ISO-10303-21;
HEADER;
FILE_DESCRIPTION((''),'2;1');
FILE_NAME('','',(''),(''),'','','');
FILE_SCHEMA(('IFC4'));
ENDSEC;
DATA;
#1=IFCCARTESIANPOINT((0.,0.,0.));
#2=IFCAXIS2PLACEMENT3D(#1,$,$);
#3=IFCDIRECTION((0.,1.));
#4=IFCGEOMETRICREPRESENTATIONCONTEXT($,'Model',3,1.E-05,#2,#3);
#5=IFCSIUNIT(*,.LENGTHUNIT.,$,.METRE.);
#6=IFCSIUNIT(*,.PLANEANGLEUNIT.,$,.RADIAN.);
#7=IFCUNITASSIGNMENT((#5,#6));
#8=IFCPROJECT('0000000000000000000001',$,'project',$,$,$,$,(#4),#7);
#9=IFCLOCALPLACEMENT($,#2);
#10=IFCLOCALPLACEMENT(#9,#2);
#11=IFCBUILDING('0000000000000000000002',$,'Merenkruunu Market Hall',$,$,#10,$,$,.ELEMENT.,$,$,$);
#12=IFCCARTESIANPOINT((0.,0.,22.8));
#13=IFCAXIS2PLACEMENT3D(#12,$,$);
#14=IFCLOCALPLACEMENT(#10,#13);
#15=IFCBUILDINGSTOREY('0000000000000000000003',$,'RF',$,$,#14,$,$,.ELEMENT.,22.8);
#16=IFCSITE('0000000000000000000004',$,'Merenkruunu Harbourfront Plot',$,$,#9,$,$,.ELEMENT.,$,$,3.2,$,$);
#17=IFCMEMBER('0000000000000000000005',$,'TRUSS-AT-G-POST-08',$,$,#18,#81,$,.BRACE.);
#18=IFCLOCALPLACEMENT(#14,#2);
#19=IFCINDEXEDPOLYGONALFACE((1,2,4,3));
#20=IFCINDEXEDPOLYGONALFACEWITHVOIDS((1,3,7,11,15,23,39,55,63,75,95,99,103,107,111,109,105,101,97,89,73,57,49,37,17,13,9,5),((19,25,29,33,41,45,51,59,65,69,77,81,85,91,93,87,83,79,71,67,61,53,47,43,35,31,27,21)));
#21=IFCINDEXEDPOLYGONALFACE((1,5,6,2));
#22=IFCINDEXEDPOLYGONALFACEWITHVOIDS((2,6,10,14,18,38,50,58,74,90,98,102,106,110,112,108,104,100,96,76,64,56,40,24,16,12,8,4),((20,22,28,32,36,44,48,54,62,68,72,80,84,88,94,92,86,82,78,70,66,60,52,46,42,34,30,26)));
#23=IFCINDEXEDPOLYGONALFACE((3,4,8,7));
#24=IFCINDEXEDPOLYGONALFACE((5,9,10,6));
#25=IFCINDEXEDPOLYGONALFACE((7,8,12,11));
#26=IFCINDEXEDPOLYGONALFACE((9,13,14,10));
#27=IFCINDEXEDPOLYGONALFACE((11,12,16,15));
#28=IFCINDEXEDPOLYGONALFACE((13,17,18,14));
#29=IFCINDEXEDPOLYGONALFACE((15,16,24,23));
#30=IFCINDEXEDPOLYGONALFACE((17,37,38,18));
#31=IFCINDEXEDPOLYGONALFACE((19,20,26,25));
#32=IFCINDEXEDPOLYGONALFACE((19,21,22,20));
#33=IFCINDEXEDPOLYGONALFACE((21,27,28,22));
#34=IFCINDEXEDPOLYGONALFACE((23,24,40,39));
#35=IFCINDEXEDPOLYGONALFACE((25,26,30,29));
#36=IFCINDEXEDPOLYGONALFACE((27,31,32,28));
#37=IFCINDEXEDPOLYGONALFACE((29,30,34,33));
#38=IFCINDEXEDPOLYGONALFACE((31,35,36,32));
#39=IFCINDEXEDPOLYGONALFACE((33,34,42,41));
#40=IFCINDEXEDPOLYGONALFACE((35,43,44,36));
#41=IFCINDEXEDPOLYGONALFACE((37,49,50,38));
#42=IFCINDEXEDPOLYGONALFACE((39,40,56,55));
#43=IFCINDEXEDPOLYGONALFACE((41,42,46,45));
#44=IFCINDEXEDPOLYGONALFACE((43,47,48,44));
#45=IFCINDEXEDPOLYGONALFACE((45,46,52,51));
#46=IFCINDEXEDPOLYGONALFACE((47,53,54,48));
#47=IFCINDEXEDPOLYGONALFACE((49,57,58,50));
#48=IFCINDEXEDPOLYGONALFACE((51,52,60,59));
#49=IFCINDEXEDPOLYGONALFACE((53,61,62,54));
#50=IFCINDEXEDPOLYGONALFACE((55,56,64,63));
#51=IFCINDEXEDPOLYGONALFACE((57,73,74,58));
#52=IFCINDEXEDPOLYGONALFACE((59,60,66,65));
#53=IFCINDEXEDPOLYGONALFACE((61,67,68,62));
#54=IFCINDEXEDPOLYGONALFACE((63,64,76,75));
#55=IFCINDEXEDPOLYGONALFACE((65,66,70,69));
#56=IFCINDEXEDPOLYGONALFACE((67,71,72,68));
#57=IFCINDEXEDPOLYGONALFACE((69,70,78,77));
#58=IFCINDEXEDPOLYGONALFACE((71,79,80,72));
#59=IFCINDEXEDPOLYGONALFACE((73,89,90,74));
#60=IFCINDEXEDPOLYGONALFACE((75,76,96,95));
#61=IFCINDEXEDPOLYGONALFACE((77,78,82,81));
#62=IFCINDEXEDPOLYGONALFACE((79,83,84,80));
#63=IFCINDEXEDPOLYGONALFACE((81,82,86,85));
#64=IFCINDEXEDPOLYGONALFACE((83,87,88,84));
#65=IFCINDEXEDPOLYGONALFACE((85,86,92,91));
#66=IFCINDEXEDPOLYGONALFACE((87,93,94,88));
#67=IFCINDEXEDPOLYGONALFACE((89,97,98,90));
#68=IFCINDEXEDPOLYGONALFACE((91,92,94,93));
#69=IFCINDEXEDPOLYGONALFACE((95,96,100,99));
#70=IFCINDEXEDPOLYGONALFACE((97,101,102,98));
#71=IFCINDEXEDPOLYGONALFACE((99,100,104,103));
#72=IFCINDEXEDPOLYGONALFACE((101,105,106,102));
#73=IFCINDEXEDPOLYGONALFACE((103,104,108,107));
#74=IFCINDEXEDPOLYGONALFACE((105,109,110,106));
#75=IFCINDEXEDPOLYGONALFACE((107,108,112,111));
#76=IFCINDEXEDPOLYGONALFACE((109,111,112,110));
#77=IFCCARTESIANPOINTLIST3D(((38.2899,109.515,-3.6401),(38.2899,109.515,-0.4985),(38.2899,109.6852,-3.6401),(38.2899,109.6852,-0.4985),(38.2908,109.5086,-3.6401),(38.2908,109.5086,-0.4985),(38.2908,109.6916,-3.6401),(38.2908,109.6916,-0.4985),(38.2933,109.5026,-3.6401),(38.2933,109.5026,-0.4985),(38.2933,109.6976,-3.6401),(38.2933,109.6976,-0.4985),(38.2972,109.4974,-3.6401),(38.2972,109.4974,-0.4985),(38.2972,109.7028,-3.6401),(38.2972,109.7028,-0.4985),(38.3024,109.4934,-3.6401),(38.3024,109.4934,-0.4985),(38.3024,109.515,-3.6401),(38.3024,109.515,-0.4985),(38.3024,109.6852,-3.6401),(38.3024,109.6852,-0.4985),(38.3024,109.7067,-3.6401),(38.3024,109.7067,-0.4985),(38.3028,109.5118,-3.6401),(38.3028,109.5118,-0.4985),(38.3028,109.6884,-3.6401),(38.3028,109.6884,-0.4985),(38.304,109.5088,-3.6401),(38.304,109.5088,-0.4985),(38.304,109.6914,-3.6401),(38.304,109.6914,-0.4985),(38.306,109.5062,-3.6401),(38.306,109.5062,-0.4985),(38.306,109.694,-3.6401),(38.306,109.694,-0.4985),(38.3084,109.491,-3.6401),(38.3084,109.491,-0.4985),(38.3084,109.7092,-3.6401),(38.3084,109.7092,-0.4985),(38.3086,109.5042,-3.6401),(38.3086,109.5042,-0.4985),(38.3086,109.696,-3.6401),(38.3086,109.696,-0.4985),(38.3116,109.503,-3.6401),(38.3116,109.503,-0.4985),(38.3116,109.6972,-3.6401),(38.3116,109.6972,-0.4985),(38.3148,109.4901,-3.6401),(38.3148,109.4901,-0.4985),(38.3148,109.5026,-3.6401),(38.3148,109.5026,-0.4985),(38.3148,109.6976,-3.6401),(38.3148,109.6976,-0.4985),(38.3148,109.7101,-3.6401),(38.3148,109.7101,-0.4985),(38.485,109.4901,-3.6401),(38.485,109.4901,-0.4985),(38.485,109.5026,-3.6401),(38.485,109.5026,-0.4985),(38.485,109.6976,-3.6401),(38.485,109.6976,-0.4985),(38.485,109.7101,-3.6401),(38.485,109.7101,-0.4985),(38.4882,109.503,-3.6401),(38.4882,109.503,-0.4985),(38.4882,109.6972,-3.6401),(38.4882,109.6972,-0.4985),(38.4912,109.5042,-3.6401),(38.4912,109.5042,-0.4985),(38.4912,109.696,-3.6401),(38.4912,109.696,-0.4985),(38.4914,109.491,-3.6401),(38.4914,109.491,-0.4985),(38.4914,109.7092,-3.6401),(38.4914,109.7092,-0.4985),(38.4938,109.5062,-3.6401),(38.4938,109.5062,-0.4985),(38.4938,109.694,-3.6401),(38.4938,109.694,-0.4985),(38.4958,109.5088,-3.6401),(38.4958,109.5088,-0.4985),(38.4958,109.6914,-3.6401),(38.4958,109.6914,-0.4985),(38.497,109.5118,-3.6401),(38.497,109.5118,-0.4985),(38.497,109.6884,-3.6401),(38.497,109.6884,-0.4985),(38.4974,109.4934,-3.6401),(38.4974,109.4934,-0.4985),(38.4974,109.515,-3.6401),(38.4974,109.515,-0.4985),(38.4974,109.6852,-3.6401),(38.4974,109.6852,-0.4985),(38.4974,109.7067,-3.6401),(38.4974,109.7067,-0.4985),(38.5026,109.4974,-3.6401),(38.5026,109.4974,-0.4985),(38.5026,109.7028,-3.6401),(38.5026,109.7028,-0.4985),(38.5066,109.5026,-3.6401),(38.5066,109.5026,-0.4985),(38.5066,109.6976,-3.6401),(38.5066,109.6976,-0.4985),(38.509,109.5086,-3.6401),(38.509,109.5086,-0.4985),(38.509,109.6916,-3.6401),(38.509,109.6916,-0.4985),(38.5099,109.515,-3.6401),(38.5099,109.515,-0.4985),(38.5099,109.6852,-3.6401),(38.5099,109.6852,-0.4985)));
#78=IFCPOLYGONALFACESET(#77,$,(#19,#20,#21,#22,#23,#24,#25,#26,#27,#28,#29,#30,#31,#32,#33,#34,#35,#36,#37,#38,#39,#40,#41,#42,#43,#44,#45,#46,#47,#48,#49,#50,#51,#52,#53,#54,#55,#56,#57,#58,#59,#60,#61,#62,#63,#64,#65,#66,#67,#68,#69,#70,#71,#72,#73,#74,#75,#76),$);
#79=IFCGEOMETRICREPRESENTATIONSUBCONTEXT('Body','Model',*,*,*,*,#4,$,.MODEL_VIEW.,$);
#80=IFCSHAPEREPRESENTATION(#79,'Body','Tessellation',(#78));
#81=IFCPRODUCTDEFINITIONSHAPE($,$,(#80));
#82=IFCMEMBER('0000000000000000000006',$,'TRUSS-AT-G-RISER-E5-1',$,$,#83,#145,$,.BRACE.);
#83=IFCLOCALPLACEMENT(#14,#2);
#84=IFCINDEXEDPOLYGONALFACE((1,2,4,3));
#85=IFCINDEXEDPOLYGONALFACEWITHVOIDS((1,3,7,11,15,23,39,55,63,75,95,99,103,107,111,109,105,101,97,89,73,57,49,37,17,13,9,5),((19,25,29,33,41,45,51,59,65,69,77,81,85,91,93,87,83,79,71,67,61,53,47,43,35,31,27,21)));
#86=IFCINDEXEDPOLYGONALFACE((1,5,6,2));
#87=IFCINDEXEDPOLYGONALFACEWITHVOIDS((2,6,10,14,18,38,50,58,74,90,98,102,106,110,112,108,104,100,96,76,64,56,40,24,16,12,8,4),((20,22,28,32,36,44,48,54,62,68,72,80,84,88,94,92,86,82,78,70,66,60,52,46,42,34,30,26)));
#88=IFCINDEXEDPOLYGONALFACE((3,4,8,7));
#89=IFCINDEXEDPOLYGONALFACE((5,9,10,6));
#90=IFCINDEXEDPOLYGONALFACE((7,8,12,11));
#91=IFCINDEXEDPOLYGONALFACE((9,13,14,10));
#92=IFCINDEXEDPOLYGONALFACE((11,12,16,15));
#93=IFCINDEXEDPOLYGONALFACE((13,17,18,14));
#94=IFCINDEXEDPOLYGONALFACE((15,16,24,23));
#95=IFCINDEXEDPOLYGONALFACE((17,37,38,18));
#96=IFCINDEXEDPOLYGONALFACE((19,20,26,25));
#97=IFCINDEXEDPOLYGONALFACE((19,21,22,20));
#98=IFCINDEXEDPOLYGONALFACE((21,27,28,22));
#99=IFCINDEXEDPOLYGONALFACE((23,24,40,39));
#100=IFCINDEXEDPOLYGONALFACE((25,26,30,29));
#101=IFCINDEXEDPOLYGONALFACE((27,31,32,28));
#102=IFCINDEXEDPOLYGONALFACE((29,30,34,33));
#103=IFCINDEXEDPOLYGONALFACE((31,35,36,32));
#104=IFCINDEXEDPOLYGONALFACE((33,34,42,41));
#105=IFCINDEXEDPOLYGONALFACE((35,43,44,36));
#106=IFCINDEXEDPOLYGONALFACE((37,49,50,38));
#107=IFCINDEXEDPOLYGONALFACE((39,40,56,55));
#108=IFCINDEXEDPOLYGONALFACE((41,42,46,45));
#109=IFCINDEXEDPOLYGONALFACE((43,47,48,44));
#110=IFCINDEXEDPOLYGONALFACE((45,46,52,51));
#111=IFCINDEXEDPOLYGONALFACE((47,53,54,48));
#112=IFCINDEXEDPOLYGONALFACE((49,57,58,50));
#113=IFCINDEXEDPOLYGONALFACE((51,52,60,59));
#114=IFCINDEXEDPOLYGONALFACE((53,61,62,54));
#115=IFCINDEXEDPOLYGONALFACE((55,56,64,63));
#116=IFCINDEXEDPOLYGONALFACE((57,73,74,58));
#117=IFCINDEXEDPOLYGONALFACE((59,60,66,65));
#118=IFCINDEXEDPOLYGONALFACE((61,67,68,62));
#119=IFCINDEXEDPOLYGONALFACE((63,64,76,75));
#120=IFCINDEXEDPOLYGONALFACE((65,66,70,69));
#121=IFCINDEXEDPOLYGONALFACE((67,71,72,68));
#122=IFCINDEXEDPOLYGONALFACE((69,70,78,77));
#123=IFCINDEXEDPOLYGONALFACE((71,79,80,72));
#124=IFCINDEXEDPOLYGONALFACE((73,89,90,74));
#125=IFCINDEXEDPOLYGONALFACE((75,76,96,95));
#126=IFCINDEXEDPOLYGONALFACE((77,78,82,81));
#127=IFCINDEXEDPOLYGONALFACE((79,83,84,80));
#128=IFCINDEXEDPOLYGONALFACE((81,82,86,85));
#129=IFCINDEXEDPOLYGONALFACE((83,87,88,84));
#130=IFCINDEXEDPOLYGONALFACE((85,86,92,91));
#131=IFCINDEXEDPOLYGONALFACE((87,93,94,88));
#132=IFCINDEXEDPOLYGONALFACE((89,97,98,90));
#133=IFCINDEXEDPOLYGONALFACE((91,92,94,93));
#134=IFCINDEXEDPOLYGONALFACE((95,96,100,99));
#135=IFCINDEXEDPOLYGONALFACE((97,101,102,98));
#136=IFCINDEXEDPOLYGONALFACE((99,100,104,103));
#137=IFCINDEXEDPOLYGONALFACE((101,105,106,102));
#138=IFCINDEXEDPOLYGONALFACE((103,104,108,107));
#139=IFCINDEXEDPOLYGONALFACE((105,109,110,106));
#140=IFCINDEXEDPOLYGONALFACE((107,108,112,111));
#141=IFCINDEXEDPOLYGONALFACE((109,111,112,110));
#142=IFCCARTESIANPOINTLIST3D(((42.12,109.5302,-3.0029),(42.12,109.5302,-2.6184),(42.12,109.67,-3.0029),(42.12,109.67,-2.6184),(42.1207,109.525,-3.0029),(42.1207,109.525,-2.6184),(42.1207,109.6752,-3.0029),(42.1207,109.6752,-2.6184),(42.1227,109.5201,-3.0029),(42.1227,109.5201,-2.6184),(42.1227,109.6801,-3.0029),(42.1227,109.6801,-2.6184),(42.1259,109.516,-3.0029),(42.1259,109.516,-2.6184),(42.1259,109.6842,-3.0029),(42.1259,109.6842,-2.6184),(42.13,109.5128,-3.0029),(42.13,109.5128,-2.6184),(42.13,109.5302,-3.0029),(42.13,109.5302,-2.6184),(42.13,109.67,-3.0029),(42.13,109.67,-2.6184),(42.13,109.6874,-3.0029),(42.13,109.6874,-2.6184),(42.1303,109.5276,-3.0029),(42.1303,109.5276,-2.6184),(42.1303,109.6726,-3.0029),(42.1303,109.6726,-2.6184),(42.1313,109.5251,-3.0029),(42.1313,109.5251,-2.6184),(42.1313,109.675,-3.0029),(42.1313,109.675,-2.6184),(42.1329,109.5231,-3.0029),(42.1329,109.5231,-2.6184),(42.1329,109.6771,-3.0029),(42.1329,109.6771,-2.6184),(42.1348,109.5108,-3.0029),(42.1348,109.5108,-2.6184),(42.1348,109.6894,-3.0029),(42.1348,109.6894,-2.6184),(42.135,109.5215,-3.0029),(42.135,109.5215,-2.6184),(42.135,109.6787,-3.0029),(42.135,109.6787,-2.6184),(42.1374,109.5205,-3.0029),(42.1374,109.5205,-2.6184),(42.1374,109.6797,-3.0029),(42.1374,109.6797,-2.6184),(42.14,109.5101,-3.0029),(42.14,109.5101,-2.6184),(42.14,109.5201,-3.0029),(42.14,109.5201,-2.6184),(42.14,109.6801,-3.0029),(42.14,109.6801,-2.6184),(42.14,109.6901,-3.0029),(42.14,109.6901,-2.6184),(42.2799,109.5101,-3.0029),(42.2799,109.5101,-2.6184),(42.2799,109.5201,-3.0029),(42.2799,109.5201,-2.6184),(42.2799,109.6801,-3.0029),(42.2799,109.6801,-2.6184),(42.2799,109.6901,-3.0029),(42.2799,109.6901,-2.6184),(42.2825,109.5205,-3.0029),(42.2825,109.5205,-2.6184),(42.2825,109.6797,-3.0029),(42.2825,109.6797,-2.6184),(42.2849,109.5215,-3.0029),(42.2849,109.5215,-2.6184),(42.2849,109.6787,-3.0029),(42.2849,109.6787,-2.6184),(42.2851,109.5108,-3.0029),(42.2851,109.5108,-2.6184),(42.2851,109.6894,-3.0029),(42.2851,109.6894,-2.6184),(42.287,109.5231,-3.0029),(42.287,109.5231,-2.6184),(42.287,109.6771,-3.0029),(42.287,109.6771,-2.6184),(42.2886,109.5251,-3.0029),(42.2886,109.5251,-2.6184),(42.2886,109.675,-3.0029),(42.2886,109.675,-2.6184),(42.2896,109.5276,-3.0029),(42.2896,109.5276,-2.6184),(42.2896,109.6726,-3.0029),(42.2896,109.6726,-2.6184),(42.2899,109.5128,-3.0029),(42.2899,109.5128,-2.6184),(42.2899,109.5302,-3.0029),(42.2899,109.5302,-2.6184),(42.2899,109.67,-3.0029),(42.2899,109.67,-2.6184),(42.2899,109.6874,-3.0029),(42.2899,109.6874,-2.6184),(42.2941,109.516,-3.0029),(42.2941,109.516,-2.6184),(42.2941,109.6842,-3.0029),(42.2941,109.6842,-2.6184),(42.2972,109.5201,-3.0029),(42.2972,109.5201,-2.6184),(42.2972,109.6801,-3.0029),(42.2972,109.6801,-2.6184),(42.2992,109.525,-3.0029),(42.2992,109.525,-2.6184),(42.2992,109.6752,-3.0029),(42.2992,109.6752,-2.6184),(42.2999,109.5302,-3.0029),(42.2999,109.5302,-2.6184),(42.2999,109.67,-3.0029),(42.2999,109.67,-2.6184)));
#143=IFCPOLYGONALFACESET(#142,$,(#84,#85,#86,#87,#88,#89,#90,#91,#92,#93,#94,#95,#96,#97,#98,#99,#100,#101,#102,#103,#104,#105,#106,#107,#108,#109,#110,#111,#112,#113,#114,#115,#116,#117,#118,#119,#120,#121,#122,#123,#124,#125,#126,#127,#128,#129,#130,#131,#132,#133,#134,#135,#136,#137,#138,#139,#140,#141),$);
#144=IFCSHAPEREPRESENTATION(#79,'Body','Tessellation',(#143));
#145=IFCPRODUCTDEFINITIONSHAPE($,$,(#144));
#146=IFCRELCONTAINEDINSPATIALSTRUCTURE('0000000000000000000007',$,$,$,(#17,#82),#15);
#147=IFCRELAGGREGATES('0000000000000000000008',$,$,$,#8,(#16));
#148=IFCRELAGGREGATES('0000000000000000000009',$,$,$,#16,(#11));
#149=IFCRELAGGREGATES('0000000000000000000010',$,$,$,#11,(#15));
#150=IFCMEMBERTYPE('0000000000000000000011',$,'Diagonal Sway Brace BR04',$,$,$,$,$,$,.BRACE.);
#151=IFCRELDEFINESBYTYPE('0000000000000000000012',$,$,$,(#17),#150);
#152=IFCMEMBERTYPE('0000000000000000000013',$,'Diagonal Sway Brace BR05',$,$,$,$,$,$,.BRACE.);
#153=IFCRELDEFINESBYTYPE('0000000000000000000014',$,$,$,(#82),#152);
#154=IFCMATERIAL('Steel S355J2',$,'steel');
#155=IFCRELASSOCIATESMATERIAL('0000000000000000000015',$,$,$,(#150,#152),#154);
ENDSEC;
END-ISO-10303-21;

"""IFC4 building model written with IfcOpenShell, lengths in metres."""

from ifc_helpers import new_model, si_unit, direction, frame, origin, origin_2d, place, context, subcontext, project, spatial, hollow_rectangle, extrude, material, material_profile, profile_set, type_object, element, save


model = new_model("IFC4")

# Units and contexts
model_context = context("Model", 3, precision=1e-05, world=origin(), true_north=direction((0.0, 1.0)))
body_context = subcontext(model_context, "Body", "Model", "MODEL_VIEW")
ifc_project = project(units=[si_unit("LENGTHUNIT", "METRE"), si_unit("PLANEANGLEUNIT", "RADIAN")], contexts=[model_context])

# Site, building, storey
site_placement = place(None, origin())
site = spatial("IfcSite", under=ifc_project, at=site_placement, Name="Merenkruunu Harbourfront Plot", CompositionType="ELEMENT", RefElevation=3.2)
building_placement = place(site_placement, origin())
building = spatial("IfcBuilding", under=site, at=building_placement, Name="Merenkruunu Market Hall", CompositionType="ELEMENT")
storey_placement = place(building_placement, frame((0.0, 0.0, 22.8)))
storey = spatial("IfcBuildingStorey", under=building, at=storey_placement, Name="RF", CompositionType="ELEMENT", Elevation=22.8)

# Members
ifc_material_1 = material(Name="Steel S355J2", Category="steel")
ifc_material_profile_1 = material_profile(ifc_material_1, hollow_rectangle(XDim=0.22, YDim=0.22, WallThickness=0.0125, InnerFilletRadius=0.0125, OuterFilletRadius=0.0249, at=origin_2d()), Name="SHS 220x220x12.5")
ifc_profile_set_1 = profile_set([ifc_material_profile_1], Name="Steel S355J2")
member_type_1 = type_object("IfcMemberType", Name="Diagonal Sway Brace BR04", PredefinedType="BRACE", material=ifc_profile_set_1)
member_1_placement = place(storey_placement, frame((38.3999, 109.6001, -3.6401), z_axis=(0.0, 0.0, 1.0), x_axis=(1.0, 0.0, 0.0)))
element("IfcMember", 1, at=member_1_placement, inside=storey, type_object=member_type_1, Name="TRUSS-AT-G-POST-08", PredefinedType="BRACE", context=body_context, shape_type="SweptSolid", body=[
    extrude(hollow_rectangle(XDim=0.22, YDim=0.22, WallThickness=0.0125, InnerFilletRadius=0.0125, OuterFilletRadius=0.0249, at=origin_2d()), origin(), (0.0, 0.0, 1.0), 3.1416),
])
ifc_material_profile_2 = material_profile(ifc_material_1, hollow_rectangle(XDim=0.1799, YDim=0.1799, WallThickness=0.01, InnerFilletRadius=0.01, OuterFilletRadius=0.02, at=origin_2d()), Name="SHS 180x180x10")
ifc_profile_set_2 = profile_set([ifc_material_profile_2], Name="Steel S355J2")
member_type_2 = type_object("IfcMemberType", Name="Diagonal Sway Brace BR05", PredefinedType="BRACE", material=ifc_profile_set_2)
member_2_placement = place(storey_placement, frame((42.21, 109.6001, -3.0029), z_axis=(0.0, 0.0, 1.0), x_axis=(1.0, 0.0, 0.0)))
element("IfcMember", 2, at=member_2_placement, inside=storey, type_object=member_type_2, Name="TRUSS-AT-G-RISER-E5-1", PredefinedType="BRACE", context=body_context, shape_type="SweptSolid", body=[
    extrude(hollow_rectangle(XDim=0.1799, YDim=0.1799, WallThickness=0.01, InnerFilletRadius=0.01, OuterFilletRadius=0.02, at=origin_2d()), origin(), (0.0, 0.0, 1.0), 0.3845),
])

save(model, "model.ifc")
